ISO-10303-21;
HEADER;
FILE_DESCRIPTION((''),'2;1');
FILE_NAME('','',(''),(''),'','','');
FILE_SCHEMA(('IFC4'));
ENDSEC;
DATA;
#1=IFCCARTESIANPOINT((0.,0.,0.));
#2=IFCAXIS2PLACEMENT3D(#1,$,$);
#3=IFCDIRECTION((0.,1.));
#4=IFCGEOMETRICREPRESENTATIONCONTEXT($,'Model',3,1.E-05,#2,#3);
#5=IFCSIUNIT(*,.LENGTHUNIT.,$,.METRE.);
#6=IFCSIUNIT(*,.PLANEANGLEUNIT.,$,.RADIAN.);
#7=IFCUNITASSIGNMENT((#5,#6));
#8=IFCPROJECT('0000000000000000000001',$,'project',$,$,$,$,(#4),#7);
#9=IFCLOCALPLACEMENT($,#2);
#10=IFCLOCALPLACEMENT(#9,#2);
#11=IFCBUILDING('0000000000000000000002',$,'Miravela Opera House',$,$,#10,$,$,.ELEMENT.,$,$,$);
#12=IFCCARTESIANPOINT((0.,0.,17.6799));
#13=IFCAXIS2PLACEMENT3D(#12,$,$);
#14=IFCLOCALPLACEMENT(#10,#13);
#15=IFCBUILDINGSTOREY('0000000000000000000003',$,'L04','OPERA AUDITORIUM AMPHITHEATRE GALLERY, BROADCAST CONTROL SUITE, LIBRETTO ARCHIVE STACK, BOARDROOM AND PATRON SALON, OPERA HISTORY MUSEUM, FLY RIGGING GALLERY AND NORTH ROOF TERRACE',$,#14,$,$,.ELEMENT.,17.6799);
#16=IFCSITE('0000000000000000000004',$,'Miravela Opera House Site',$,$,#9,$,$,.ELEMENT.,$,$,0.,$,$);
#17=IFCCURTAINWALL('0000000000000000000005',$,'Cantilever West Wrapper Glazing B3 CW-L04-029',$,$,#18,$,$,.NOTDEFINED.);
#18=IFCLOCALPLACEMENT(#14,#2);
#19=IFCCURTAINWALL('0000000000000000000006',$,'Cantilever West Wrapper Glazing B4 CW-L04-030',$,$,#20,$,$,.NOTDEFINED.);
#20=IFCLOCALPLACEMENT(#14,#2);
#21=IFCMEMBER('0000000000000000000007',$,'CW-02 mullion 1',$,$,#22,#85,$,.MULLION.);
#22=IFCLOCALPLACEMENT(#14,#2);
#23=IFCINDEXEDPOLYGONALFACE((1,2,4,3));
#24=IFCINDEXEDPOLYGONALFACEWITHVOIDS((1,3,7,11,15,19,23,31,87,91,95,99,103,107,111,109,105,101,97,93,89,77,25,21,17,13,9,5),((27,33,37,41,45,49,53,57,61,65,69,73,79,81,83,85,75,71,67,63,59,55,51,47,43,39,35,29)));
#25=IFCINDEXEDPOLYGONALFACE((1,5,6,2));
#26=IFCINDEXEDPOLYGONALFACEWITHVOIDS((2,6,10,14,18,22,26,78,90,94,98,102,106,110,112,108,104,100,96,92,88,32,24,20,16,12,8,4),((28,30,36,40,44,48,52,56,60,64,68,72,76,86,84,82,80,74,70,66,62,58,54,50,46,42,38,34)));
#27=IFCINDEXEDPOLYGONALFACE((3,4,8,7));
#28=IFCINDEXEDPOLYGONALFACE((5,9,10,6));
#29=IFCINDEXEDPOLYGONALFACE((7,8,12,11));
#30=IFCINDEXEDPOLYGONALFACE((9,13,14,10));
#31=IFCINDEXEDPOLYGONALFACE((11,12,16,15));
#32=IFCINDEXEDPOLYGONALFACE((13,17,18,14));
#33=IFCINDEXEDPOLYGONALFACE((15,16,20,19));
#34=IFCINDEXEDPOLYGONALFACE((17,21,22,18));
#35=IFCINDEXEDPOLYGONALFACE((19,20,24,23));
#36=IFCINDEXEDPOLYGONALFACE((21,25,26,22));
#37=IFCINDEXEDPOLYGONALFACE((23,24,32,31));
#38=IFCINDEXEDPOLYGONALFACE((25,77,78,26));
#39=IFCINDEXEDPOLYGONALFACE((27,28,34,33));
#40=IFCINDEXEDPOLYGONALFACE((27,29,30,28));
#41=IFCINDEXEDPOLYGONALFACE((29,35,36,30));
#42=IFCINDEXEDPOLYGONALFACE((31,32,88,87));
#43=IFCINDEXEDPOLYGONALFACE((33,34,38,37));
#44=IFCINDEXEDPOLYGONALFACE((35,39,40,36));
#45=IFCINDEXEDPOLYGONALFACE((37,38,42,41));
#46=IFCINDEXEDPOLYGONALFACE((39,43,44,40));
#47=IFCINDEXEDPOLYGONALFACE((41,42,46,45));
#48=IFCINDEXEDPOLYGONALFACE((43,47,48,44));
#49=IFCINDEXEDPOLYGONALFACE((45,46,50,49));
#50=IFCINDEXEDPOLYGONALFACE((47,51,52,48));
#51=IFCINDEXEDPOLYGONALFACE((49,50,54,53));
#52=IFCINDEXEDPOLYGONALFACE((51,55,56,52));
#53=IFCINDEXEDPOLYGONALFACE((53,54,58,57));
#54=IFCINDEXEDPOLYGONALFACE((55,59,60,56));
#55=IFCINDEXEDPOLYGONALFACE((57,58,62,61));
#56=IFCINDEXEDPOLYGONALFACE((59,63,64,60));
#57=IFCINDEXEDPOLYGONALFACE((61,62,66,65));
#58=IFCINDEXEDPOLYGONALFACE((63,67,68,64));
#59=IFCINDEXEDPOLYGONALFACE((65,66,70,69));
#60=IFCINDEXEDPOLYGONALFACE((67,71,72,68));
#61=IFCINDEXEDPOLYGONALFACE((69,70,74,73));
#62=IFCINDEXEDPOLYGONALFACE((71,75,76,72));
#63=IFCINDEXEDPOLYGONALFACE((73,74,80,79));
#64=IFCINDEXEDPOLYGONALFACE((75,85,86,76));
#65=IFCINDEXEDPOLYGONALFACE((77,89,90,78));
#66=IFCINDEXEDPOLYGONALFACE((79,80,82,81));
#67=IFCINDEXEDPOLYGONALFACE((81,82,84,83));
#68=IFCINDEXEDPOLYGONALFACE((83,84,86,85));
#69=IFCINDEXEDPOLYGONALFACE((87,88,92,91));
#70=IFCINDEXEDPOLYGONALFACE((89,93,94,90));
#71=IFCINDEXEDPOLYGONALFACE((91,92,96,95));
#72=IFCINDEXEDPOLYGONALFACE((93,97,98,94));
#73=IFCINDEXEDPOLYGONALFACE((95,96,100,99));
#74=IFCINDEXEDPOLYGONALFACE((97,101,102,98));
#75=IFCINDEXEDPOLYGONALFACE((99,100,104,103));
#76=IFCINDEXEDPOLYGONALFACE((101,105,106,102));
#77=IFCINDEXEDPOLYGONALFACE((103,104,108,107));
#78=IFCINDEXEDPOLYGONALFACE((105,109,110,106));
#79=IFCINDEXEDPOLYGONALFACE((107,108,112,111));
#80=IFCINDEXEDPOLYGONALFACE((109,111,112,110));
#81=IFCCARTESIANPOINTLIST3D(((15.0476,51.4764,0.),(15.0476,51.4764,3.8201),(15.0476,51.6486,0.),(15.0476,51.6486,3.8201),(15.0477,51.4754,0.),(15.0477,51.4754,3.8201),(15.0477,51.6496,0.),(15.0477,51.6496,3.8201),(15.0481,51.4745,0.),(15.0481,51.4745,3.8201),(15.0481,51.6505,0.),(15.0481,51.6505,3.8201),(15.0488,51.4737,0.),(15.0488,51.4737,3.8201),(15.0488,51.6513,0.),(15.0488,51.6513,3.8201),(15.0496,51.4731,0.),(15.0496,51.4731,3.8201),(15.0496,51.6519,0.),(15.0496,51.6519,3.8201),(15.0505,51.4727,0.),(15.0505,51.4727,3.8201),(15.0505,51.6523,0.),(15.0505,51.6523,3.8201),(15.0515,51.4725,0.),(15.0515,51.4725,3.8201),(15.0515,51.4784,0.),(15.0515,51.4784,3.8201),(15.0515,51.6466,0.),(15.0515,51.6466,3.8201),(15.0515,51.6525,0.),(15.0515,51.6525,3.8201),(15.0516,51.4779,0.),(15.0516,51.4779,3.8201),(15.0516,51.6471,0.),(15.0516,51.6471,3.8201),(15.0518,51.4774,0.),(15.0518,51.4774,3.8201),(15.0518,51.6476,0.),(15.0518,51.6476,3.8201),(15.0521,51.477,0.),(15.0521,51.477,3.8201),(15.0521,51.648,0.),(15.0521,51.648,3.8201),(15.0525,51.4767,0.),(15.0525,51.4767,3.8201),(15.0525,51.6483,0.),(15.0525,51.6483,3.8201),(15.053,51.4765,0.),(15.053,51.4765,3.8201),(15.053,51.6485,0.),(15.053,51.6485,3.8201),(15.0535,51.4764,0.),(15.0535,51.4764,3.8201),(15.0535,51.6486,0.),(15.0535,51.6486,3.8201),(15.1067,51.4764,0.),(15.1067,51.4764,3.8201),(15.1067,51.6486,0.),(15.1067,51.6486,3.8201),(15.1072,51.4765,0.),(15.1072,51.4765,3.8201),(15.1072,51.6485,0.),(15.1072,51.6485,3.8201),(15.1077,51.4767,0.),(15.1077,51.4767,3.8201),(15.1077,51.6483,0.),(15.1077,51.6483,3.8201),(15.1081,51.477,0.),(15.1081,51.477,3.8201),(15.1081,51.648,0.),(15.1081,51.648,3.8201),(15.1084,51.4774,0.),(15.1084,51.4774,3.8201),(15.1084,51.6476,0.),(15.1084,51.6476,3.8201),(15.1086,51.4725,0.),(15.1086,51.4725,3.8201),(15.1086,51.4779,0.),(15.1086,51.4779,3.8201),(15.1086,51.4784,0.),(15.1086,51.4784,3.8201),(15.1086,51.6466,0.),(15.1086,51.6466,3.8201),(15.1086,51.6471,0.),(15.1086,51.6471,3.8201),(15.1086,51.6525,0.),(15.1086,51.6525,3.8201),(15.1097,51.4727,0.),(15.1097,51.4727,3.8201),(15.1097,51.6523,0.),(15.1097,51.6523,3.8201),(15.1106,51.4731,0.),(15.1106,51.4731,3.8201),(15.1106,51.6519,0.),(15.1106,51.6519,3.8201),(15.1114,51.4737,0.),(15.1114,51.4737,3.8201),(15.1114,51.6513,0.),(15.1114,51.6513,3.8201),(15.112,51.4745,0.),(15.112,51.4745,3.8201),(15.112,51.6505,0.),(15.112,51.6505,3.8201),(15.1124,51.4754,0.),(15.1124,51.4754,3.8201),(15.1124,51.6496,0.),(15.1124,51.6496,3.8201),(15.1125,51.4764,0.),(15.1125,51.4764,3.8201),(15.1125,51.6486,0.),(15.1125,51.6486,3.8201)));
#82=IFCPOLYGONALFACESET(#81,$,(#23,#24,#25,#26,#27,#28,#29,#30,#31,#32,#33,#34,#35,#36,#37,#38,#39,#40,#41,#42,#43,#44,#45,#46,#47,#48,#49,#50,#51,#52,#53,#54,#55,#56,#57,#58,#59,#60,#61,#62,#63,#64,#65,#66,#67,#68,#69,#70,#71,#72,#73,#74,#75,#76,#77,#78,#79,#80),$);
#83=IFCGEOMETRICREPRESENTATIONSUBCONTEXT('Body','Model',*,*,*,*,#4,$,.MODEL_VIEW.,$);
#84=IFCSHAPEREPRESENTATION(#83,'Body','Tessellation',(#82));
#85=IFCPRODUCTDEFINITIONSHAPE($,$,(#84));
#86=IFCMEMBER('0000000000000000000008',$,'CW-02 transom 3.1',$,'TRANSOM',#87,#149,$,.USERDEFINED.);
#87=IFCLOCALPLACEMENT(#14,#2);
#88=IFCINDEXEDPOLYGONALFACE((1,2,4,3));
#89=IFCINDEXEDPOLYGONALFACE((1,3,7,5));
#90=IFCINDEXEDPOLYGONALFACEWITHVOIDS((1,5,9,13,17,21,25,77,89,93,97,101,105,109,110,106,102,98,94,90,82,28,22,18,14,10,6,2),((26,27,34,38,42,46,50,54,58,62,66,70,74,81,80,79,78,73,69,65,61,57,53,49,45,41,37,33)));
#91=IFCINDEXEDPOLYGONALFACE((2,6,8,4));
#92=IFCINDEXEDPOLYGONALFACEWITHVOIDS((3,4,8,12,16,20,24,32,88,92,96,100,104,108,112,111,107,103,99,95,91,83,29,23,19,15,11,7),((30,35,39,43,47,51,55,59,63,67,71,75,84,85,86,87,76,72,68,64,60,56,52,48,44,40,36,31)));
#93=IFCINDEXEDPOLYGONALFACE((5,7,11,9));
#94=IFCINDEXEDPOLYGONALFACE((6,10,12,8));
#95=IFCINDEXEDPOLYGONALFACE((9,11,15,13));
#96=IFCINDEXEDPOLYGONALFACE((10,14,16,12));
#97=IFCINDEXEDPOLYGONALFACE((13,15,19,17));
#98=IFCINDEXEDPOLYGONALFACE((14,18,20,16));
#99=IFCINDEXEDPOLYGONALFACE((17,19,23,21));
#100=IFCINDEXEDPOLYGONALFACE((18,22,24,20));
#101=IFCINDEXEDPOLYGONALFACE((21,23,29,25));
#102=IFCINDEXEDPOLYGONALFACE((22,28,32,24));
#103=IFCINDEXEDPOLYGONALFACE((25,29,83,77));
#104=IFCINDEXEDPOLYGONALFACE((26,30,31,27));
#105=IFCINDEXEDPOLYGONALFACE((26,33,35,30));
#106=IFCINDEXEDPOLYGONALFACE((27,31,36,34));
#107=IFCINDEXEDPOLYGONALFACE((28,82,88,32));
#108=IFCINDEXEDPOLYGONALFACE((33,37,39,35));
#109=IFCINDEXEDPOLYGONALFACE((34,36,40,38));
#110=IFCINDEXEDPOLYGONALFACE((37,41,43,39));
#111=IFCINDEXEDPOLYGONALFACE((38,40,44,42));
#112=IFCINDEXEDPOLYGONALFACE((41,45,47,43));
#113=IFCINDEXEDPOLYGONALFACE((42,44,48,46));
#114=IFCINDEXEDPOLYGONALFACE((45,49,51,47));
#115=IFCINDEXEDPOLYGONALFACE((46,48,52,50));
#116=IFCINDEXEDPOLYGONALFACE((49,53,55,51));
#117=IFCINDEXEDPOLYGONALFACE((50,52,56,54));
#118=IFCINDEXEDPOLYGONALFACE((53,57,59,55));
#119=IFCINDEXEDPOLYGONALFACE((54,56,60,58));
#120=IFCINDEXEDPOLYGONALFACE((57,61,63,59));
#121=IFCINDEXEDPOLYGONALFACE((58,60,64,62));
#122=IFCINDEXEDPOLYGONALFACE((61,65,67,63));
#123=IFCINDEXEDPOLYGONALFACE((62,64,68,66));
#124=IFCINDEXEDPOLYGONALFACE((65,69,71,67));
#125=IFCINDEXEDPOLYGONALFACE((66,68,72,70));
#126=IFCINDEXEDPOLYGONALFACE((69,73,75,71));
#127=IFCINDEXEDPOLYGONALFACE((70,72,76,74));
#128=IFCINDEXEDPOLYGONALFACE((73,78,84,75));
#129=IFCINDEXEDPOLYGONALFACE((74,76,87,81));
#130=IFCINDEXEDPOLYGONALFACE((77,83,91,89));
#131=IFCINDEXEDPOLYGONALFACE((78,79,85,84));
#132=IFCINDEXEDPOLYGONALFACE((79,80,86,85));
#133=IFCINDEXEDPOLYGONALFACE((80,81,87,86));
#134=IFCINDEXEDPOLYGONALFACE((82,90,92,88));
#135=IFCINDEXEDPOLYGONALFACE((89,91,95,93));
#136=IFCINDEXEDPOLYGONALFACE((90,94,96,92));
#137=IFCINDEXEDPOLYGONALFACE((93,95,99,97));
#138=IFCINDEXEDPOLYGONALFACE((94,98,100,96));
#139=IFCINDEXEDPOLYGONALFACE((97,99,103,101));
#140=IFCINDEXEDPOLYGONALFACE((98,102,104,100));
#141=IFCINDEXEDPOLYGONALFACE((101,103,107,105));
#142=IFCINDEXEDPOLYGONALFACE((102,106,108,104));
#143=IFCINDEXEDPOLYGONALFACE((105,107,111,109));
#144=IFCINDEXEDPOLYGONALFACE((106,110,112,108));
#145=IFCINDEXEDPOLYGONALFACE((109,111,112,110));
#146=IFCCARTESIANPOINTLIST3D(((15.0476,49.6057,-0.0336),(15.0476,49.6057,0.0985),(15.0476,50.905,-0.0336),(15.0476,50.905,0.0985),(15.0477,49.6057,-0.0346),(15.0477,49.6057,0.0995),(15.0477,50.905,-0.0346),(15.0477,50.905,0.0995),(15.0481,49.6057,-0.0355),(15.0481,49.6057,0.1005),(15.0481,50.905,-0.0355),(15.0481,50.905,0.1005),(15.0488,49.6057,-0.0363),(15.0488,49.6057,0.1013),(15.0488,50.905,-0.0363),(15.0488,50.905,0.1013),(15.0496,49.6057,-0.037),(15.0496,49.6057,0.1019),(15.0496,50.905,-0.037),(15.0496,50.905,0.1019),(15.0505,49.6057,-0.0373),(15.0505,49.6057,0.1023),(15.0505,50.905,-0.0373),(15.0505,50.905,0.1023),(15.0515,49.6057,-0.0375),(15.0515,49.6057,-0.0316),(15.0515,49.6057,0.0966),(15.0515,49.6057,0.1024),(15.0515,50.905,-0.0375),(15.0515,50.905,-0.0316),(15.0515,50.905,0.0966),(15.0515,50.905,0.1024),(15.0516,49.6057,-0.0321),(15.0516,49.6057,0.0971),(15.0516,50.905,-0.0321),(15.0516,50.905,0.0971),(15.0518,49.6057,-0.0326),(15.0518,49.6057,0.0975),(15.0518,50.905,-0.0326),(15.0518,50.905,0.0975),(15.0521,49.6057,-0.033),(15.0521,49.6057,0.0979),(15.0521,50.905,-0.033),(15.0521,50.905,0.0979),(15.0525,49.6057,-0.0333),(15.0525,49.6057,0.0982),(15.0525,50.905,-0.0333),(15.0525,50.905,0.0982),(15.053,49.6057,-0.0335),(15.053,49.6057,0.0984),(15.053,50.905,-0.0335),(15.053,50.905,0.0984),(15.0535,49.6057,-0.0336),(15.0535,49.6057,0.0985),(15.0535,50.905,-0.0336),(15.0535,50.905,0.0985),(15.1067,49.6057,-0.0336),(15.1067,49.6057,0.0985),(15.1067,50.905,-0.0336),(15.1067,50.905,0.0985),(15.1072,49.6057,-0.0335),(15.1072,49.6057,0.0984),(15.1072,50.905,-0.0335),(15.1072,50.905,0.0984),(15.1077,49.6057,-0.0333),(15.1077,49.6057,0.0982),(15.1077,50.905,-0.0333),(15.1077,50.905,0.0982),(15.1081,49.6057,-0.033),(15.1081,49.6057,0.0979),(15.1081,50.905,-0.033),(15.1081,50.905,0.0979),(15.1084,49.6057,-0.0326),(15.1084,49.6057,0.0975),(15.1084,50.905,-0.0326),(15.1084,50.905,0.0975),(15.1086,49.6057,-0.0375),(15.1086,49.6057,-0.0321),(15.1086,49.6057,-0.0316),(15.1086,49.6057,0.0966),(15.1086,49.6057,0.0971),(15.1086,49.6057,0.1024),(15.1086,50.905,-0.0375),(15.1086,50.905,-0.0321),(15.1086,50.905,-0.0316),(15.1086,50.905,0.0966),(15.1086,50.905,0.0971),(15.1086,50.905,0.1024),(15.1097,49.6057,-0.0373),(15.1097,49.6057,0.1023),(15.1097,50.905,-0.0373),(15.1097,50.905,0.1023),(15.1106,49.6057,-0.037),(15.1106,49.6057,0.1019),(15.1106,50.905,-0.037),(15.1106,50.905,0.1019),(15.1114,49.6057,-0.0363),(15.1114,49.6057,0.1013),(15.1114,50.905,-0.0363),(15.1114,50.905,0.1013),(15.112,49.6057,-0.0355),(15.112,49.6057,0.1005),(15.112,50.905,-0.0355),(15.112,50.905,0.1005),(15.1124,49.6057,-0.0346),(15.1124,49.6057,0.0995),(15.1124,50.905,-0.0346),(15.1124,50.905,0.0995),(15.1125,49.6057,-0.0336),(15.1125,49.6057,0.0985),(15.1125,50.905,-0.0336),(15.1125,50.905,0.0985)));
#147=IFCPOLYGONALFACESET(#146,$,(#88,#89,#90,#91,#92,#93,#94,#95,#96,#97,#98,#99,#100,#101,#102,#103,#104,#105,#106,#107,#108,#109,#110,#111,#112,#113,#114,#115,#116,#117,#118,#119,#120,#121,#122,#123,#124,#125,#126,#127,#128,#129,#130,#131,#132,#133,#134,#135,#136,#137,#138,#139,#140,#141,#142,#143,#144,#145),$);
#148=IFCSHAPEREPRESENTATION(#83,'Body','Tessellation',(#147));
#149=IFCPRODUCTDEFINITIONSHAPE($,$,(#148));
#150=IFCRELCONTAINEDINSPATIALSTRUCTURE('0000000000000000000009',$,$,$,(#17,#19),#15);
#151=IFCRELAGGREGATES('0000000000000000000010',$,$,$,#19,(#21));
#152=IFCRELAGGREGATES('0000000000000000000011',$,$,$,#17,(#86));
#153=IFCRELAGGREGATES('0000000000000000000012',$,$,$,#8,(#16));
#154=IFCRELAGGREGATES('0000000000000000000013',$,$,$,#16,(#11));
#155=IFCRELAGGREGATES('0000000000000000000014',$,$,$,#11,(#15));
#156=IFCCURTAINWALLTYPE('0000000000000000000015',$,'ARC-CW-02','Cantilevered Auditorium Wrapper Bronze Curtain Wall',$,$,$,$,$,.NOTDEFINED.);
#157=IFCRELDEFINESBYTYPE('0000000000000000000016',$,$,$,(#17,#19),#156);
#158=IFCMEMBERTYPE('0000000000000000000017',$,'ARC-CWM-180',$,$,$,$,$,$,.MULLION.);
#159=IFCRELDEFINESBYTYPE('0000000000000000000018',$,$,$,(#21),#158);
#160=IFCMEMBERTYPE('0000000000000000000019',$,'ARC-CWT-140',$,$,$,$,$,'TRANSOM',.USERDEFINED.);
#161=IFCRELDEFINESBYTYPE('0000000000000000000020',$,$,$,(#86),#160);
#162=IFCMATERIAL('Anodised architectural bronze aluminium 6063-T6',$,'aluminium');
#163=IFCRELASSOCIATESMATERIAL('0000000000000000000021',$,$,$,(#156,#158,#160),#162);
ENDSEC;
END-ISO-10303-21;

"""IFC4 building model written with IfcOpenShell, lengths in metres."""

from ifc_helpers import new_model, si_unit, direction, frame, origin, origin_2d, place, context, subcontext, project, spatial, hollow_rectangle, extrude, material, material_profile, profile_set, type_object, element, aggregate, save


model = new_model("IFC4")

# Units and contexts
model_context = context("Model", 3, precision=1e-05, world=origin(), true_north=direction((0.0, 1.0)))
body_context = subcontext(model_context, "Body", "Model", "MODEL_VIEW")
ifc_project = project(units=[si_unit("LENGTHUNIT", "METRE"), si_unit("PLANEANGLEUNIT", "RADIAN")], contexts=[model_context])

# Site, building, storey
site_placement = place(None, origin())
site = spatial("IfcSite", under=ifc_project, at=site_placement, Name="Miravela Opera House Site", CompositionType="ELEMENT", RefElevation=0.0)
building_placement = place(site_placement, origin())
building = spatial("IfcBuilding", under=site, at=building_placement, Name="Miravela Opera House", CompositionType="ELEMENT")
storey_placement = place(building_placement, frame((0.0, 0.0, 17.6799)))
storey = spatial("IfcBuildingStorey", under=building, at=storey_placement, Name="L04", Description="OPERA AUDITORIUM AMPHITHEATRE GALLERY, BROADCAST CONTROL SUITE, LIBRETTO ARCHIVE STACK, BOARDROOM AND PATRON SALON, OPERA HISTORY MUSEUM, FLY RIGGING GALLERY AND NORTH ROOF TERRACE", CompositionType="ELEMENT", Elevation=17.6799)

# Curtain wall
ifc_material_1 = material(Name="Anodised architectural bronze aluminium 6063-T6", Category="aluminium")
curtain_wall_type = type_object("IfcCurtainWallType", Name="ARC-CW-02", Description="Cantilevered Auditorium Wrapper Bronze Curtain Wall", PredefinedType="NOTDEFINED", material=ifc_material_1)
curtain_wall_1_placement = place(storey_placement, origin())
curtain_wall_1 = element("IfcCurtainWall", 1, at=curtain_wall_1_placement, inside=storey, type_object=curtain_wall_type, Name="Cantilever West Wrapper Glazing B3 CW-L04-029", PredefinedType="NOTDEFINED")
ifc_material_profile_1 = material_profile(ifc_material_1, hollow_rectangle(XDim=0.0649, YDim=0.1799, WallThickness=0.0039, InnerFilletRadius=0.002, OuterFilletRadius=0.0039, at=origin_2d()), Name="CWM-65X180")
ifc_profile_set_1 = profile_set([ifc_material_profile_1])
member_type_1 = type_object("IfcMemberType", Name="ARC-CWM-180", PredefinedType="MULLION", material=ifc_profile_set_1)

# Curtain wall, member
curtain_wall_2_placement = place(storey_placement, origin())
curtain_wall_2 = element("IfcCurtainWall", 2, at=curtain_wall_2_placement, inside=storey, type_object=curtain_wall_type, Name="Cantilever West Wrapper Glazing B4 CW-L04-030", PredefinedType="NOTDEFINED")
member_1_placement = place(storey_placement, frame((15.0801, 51.5625, 0.0), z_axis=(0.0, 0.0, 1.0), x_axis=(-1.0, 0.0, 0.0)))
member_1 = element("IfcMember", 3, at=member_1_placement, type_object=member_type_1, Name="CW-02 mullion 1", PredefinedType="MULLION", context=body_context, shape_type="SweptSolid", body=[
    extrude(hollow_rectangle(XDim=0.0649, YDim=0.1799, WallThickness=0.0039, InnerFilletRadius=0.002, OuterFilletRadius=0.0039, at=origin_2d()), origin(), (0.0, 0.0, 1.0), 3.8201),
])
aggregate(curtain_wall_2, [member_1])

# Member
ifc_material_profile_2 = material_profile(ifc_material_1, hollow_rectangle(XDim=0.0649, YDim=0.1399, WallThickness=0.0039, InnerFilletRadius=0.002, OuterFilletRadius=0.0039, at=origin_2d()), Name="CWT-65X140")
ifc_profile_set_2 = profile_set([ifc_material_profile_2])
member_type_2 = type_object("IfcMemberType", Name="ARC-CWT-140", ElementType="TRANSOM", PredefinedType="USERDEFINED", material=ifc_profile_set_2)
member_2_placement = place(storey_placement, frame((15.0801, 49.6057, 0.0325), z_axis=(0.0, 1.0, 0.0), x_axis=(-1.0, 0.0, 0.0)))
member_2 = element("IfcMember", 4, at=member_2_placement, type_object=member_type_2, Name="CW-02 transom 3.1", ObjectType="TRANSOM", PredefinedType="USERDEFINED", context=body_context, shape_type="SweptSolid", body=[
    extrude(hollow_rectangle(XDim=0.0649, YDim=0.1399, WallThickness=0.0039, InnerFilletRadius=0.002, OuterFilletRadius=0.0039, at=origin_2d()), origin(), (0.0, 0.0, 1.0), 1.2993),
])

aggregate(curtain_wall_1, [member_2])

save(model, "model.ifc")
